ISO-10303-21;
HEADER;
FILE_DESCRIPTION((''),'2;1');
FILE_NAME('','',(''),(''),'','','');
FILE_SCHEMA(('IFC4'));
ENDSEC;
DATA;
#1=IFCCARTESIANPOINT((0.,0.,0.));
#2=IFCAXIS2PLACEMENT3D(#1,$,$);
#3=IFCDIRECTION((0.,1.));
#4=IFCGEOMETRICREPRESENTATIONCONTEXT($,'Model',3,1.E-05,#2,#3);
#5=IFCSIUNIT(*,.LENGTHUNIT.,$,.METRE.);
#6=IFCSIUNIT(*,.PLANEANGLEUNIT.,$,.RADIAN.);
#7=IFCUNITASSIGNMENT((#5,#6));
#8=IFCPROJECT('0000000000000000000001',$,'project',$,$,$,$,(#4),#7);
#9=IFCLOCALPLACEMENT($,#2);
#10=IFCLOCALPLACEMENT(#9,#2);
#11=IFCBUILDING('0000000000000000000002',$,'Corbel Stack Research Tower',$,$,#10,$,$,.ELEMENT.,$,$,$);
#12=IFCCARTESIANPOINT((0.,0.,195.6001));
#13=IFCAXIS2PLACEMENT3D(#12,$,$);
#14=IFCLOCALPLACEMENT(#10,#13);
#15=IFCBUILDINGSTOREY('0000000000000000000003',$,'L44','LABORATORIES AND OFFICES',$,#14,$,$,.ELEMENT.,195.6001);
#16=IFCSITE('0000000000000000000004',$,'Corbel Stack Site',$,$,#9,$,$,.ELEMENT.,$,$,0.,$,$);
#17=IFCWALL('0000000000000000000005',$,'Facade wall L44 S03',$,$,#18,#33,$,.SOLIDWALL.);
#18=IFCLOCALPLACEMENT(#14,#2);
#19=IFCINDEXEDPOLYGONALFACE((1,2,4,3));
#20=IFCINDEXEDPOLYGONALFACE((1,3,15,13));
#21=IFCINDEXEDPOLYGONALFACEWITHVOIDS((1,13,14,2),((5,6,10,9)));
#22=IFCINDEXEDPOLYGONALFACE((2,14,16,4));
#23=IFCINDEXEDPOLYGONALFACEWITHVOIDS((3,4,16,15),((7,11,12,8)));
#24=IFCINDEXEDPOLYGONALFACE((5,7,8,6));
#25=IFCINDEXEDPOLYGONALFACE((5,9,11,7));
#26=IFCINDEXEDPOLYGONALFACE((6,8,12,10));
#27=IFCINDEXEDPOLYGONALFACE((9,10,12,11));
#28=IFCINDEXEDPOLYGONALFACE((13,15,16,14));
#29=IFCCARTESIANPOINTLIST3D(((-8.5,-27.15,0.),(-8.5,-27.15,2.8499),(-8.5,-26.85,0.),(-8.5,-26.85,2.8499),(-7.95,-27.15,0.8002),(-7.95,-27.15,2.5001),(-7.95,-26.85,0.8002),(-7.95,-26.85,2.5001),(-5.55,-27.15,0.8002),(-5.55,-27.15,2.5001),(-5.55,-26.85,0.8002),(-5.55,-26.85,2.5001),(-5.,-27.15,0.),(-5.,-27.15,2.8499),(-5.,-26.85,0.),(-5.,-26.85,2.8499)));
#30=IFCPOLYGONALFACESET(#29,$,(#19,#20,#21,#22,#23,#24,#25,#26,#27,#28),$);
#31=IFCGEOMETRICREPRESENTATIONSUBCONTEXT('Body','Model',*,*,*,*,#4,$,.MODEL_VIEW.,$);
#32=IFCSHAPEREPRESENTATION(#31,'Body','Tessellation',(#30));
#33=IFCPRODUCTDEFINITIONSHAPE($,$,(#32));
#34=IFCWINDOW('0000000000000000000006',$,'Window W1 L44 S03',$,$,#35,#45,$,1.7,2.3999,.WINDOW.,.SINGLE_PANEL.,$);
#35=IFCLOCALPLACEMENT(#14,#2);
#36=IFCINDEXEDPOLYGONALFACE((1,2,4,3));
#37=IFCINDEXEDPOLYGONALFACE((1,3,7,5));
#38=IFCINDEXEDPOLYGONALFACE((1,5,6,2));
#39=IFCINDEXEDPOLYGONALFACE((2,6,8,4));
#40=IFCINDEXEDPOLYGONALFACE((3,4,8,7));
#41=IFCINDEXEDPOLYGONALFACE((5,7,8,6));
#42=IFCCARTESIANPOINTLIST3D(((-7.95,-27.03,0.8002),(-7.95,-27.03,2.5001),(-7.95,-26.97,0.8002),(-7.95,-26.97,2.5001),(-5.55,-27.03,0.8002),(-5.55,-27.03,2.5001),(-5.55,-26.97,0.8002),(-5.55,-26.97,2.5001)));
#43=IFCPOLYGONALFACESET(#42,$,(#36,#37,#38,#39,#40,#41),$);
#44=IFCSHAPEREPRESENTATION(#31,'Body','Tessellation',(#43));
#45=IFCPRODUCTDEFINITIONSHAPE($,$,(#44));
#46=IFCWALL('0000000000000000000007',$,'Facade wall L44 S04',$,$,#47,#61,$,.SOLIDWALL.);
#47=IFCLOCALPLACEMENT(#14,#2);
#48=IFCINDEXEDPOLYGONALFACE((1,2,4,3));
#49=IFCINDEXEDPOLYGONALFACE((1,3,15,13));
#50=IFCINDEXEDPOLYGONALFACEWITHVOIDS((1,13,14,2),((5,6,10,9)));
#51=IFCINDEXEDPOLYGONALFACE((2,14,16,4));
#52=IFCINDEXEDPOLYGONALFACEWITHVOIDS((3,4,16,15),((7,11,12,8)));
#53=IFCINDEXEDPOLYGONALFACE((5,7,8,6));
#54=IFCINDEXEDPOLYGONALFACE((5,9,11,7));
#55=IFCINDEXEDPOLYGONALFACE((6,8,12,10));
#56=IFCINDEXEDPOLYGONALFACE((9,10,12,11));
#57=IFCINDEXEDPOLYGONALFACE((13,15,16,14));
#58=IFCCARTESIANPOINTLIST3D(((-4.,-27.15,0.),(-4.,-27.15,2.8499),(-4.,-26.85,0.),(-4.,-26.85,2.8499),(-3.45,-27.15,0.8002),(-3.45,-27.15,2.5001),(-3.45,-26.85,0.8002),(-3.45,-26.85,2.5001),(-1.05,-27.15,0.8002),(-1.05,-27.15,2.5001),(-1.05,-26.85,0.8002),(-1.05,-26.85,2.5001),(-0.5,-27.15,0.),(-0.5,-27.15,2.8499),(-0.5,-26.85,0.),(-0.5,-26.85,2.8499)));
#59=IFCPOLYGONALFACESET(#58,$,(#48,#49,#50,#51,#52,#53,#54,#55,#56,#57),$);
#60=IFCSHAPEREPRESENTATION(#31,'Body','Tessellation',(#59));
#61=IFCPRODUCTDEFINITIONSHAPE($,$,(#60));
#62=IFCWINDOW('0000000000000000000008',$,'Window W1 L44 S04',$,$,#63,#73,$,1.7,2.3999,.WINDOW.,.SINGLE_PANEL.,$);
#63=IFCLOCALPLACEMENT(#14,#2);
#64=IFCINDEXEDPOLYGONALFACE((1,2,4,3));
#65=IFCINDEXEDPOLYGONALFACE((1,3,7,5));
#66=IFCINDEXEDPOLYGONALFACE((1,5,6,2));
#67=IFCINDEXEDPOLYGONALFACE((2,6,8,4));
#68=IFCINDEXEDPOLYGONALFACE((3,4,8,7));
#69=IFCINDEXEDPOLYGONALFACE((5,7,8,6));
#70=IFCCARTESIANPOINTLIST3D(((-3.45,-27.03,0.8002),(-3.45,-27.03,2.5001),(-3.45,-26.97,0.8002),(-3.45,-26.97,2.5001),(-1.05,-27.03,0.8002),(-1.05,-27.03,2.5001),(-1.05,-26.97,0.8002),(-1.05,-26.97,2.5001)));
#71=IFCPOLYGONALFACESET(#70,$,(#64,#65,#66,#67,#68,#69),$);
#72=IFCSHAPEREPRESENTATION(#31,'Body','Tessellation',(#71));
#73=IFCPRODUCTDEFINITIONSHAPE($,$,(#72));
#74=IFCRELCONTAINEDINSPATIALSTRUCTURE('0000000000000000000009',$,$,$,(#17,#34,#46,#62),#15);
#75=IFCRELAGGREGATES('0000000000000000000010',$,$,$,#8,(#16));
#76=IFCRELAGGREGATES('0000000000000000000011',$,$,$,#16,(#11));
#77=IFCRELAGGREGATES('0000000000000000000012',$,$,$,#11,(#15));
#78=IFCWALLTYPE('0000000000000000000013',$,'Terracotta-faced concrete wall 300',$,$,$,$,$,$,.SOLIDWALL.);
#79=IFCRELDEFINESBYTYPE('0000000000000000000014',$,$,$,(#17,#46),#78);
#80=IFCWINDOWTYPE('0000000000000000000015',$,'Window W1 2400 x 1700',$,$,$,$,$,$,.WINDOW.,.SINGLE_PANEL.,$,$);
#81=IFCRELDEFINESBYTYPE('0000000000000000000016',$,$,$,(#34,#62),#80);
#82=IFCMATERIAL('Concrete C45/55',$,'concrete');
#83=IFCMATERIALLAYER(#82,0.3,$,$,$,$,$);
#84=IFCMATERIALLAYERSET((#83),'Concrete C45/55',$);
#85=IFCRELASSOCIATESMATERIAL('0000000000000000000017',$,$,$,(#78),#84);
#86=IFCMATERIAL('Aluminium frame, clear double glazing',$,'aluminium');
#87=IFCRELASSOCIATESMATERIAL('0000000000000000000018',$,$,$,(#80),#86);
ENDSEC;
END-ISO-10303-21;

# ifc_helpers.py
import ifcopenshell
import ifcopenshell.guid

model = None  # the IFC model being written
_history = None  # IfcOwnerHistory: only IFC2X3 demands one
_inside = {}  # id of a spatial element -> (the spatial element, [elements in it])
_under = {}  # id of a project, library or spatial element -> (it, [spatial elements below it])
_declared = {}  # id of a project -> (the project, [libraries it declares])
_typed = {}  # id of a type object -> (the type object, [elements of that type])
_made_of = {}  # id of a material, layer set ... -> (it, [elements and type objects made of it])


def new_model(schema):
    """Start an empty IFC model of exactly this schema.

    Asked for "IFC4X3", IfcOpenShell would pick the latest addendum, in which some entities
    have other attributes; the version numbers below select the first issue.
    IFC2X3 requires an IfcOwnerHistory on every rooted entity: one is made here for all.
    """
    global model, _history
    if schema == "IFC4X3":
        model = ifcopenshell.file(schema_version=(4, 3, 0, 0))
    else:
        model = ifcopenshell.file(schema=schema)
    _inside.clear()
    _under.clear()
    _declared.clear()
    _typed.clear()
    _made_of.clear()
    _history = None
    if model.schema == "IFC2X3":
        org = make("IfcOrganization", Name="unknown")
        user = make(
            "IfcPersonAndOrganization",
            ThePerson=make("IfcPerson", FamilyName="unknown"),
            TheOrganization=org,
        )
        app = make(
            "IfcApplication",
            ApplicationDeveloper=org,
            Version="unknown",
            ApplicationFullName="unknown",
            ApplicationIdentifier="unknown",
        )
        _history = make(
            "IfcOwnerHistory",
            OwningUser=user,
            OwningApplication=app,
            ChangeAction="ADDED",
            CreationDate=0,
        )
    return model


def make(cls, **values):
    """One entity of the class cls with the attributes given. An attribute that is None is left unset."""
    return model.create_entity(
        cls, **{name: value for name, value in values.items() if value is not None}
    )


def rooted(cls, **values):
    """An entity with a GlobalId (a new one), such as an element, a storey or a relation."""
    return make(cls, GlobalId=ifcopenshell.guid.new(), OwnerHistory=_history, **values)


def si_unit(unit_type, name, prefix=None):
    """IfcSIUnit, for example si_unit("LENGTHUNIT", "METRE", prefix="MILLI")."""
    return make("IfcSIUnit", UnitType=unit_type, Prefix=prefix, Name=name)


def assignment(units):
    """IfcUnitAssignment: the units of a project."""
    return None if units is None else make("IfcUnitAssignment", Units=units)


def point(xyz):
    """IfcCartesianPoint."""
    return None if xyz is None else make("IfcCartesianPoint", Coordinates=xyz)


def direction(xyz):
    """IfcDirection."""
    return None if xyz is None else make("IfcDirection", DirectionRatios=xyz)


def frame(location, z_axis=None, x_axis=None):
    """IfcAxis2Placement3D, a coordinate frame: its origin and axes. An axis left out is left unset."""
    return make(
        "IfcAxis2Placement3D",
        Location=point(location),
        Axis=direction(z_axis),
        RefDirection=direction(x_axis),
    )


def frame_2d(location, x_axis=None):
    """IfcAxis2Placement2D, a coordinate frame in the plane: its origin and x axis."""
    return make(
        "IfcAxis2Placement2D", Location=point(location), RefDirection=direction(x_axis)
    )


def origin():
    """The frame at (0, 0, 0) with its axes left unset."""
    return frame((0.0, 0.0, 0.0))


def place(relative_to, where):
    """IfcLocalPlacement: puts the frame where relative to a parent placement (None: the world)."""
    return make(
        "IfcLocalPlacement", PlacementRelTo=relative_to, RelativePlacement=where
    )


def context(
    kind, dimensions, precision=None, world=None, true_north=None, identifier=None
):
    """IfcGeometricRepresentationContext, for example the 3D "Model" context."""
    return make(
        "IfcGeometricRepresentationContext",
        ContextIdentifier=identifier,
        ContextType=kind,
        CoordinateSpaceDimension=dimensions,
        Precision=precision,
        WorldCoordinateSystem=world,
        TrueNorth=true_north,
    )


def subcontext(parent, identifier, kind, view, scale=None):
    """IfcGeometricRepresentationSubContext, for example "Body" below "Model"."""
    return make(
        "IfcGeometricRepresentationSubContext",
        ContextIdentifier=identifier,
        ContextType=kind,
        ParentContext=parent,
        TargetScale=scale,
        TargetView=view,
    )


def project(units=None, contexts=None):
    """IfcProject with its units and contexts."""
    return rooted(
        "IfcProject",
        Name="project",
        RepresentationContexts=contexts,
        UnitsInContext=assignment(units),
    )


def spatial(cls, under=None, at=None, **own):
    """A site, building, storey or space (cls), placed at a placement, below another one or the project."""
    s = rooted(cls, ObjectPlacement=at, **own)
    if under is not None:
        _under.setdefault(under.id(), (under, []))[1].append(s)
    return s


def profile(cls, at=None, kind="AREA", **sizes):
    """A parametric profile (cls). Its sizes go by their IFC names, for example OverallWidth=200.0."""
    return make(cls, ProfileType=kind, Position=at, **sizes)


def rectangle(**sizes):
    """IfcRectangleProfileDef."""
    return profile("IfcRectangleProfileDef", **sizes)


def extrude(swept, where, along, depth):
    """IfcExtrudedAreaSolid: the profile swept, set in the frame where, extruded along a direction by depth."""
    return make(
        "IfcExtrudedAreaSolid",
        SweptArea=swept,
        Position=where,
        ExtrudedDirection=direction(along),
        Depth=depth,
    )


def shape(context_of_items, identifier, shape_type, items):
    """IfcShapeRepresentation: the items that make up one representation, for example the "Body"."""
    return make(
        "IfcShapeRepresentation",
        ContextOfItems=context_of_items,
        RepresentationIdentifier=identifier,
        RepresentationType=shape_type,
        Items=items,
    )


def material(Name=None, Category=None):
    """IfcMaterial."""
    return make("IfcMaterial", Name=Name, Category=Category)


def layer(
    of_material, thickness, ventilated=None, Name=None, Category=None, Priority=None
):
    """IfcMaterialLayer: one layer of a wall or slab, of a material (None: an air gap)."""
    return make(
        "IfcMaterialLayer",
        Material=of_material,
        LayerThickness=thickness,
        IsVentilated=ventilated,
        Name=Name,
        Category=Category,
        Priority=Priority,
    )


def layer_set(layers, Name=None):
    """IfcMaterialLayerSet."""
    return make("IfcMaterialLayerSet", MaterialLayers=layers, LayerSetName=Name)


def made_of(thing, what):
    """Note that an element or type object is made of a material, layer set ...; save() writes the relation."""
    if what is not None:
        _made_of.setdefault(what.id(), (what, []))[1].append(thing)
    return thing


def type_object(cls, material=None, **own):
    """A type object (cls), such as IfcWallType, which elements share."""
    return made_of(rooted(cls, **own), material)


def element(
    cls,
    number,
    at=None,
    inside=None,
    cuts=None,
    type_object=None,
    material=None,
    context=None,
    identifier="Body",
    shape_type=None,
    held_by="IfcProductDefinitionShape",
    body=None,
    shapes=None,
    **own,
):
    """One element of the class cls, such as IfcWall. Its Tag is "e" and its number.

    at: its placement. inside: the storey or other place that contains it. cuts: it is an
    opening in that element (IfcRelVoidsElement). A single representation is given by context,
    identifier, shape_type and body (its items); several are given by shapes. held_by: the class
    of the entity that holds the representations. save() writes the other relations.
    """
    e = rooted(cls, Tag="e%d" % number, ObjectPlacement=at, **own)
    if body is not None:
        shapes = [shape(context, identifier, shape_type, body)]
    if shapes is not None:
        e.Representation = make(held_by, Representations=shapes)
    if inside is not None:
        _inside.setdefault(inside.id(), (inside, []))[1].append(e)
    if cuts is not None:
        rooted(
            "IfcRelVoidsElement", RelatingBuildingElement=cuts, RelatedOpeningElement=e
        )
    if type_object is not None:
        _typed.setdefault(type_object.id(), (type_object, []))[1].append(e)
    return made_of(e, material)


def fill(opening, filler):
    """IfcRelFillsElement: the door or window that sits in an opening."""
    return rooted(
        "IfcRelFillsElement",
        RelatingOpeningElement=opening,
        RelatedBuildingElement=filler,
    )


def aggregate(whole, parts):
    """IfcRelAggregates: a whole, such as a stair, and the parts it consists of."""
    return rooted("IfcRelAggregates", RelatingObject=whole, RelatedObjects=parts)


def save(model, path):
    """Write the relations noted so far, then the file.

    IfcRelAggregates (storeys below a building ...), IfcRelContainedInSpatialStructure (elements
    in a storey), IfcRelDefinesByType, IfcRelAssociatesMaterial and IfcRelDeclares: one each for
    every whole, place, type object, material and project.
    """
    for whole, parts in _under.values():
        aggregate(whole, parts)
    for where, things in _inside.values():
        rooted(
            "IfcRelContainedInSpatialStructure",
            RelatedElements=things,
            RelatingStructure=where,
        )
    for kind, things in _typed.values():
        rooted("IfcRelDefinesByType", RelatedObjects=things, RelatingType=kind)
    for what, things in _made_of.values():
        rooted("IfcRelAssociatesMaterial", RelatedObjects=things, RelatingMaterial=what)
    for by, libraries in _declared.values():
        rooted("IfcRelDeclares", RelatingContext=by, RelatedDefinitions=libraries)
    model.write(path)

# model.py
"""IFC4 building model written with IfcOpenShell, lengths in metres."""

from ifc_helpers import new_model, si_unit, direction, frame, frame_2d, origin, place, context, subcontext, project, spatial, rectangle, extrude, material, layer, layer_set, type_object, element, fill, save


model = new_model("IFC4")

# Units and contexts
model_context = context("Model", 3, precision=1e-05, world=origin(), true_north=direction((0.0, 1.0)))
body_context = subcontext(model_context, "Body", "Model", "MODEL_VIEW")
ifc_project = project(units=[si_unit("LENGTHUNIT", "METRE"), si_unit("PLANEANGLEUNIT", "RADIAN")], contexts=[model_context])

# Site, building, storey
site_placement = place(None, origin())
site = spatial("IfcSite", under=ifc_project, at=site_placement, Name="Corbel Stack Site", CompositionType="ELEMENT", RefElevation=0.0)
building_placement = place(site_placement, origin())
building = spatial("IfcBuilding", under=site, at=building_placement, Name="Corbel Stack Research Tower", CompositionType="ELEMENT")
storey_placement = place(building_placement, frame((0.0, 0.0, 195.6001)))
storey = spatial("IfcBuildingStorey", under=building, at=storey_placement, Name="L44", Description="LABORATORIES AND OFFICES", CompositionType="ELEMENT", Elevation=195.6001)

# Shared definitions
ifc_material_1 = material(Name="Concrete C45/55", Category="concrete")
ifc_layer_1 = layer(ifc_material_1, 0.3)
ifc_layer_set_1 = layer_set([ifc_layer_1], Name="Concrete C45/55")
wall_type_1 = type_object("IfcWallType", Name="Terracotta-faced concrete wall 300", PredefinedType="SOLIDWALL", material=ifc_layer_set_1)
ifc_material_2 = material(Name="Aluminium frame, clear double glazing", Category="aluminium")
window_type = type_object("IfcWindowType", Name="Window W1 2400 x 1700", PartitioningType="SINGLE_PANEL", PredefinedType="WINDOW", material=ifc_material_2)

# Walls, openings, windows
wall_1_placement = place(storey_placement, frame((-5.0, -27.0, 0.0), z_axis=(0.0, 0.0, 1.0), x_axis=(-1.0, 0.0, 0.0)))
wall_1 = element("IfcWall", 1, at=wall_1_placement, inside=storey, type_object=wall_type_1, Name="Facade wall L44 S03", PredefinedType="SOLIDWALL", context=body_context, shape_type="SweptSolid", body=[
    extrude(rectangle(XDim=3.5, YDim=0.3, at=frame_2d((1.75, 0.0))), origin(), (0.0, 0.0, 1.0), 2.8499),
])
opening_1_placement = place(wall_1_placement, frame((0.55, 0.0, 0.8)))
opening_1 = element("IfcOpeningElement", 2, at=opening_1_placement, cuts=wall_1, PredefinedType="OPENING", context=body_context, shape_type="SweptSolid", body=[
    extrude(rectangle(XDim=2.3999, YDim=1.7, at=frame_2d((1.2, 0.8501))), frame((0.0, 0.1599, 0.0), z_axis=(0.0, -1.0, 0.0), x_axis=(1.0, 0.0, 0.0)), (0.0, 0.0, 1.0), 0.3201),
])
window_1_placement = place(opening_1_placement, origin())
window_1 = element("IfcWindow", 3, at=window_1_placement, inside=storey, type_object=window_type, Name="Window W1 L44 S03", OverallHeight=1.7, OverallWidth=2.3999, PartitioningType="SINGLE_PANEL", PredefinedType="WINDOW", context=body_context, shape_type="SweptSolid", body=[
    extrude(rectangle(XDim=2.3999, YDim=1.7, at=frame_2d((1.2, 0.8501))), frame((0.0, 0.03, 0.0), z_axis=(0.0, -1.0, 0.0), x_axis=(1.0, 0.0, 0.0)), (0.0, 0.0, 1.0), 0.0601),
])
fill(opening_1, window_1)
wall_2_placement = place(storey_placement, frame((-0.5, -27.0, 0.0), z_axis=(0.0, 0.0, 1.0), x_axis=(-1.0, 0.0, 0.0)))
wall_2 = element("IfcWall", 4, at=wall_2_placement, inside=storey, type_object=wall_type_1, Name="Facade wall L44 S04", PredefinedType="SOLIDWALL", context=body_context, shape_type="SweptSolid", body=[
    extrude(rectangle(XDim=3.5, YDim=0.3, at=frame_2d((1.75, 0.0))), origin(), (0.0, 0.0, 1.0), 2.8499),
])
opening_2_placement = place(wall_2_placement, frame((0.55, 0.0, 0.8)))
opening_2 = element("IfcOpeningElement", 5, at=opening_2_placement, cuts=wall_2, PredefinedType="OPENING", context=body_context, shape_type="SweptSolid", body=[
    extrude(rectangle(XDim=2.3999, YDim=1.7, at=frame_2d((1.2, 0.8501))), frame((0.0, 0.1599, 0.0), z_axis=(0.0, -1.0, 0.0), x_axis=(1.0, 0.0, 0.0)), (0.0, 0.0, 1.0), 0.3201),
])
window_2_placement = place(opening_2_placement, origin())
window_2 = element("IfcWindow", 6, at=window_2_placement, inside=storey, type_object=window_type, Name="Window W1 L44 S04", OverallHeight=1.7, OverallWidth=2.3999, PartitioningType="SINGLE_PANEL", PredefinedType="WINDOW", context=body_context, shape_type="SweptSolid", body=[
    extrude(rectangle(XDim=2.3999, YDim=1.7, at=frame_2d((1.2, 0.8501))), frame((0.0, 0.03, 0.0), z_axis=(0.0, -1.0, 0.0), x_axis=(1.0, 0.0, 0.0)), (0.0, 0.0, 1.0), 0.0601),
])
fill(opening_2, window_2)

save(model, "model.ifc")
